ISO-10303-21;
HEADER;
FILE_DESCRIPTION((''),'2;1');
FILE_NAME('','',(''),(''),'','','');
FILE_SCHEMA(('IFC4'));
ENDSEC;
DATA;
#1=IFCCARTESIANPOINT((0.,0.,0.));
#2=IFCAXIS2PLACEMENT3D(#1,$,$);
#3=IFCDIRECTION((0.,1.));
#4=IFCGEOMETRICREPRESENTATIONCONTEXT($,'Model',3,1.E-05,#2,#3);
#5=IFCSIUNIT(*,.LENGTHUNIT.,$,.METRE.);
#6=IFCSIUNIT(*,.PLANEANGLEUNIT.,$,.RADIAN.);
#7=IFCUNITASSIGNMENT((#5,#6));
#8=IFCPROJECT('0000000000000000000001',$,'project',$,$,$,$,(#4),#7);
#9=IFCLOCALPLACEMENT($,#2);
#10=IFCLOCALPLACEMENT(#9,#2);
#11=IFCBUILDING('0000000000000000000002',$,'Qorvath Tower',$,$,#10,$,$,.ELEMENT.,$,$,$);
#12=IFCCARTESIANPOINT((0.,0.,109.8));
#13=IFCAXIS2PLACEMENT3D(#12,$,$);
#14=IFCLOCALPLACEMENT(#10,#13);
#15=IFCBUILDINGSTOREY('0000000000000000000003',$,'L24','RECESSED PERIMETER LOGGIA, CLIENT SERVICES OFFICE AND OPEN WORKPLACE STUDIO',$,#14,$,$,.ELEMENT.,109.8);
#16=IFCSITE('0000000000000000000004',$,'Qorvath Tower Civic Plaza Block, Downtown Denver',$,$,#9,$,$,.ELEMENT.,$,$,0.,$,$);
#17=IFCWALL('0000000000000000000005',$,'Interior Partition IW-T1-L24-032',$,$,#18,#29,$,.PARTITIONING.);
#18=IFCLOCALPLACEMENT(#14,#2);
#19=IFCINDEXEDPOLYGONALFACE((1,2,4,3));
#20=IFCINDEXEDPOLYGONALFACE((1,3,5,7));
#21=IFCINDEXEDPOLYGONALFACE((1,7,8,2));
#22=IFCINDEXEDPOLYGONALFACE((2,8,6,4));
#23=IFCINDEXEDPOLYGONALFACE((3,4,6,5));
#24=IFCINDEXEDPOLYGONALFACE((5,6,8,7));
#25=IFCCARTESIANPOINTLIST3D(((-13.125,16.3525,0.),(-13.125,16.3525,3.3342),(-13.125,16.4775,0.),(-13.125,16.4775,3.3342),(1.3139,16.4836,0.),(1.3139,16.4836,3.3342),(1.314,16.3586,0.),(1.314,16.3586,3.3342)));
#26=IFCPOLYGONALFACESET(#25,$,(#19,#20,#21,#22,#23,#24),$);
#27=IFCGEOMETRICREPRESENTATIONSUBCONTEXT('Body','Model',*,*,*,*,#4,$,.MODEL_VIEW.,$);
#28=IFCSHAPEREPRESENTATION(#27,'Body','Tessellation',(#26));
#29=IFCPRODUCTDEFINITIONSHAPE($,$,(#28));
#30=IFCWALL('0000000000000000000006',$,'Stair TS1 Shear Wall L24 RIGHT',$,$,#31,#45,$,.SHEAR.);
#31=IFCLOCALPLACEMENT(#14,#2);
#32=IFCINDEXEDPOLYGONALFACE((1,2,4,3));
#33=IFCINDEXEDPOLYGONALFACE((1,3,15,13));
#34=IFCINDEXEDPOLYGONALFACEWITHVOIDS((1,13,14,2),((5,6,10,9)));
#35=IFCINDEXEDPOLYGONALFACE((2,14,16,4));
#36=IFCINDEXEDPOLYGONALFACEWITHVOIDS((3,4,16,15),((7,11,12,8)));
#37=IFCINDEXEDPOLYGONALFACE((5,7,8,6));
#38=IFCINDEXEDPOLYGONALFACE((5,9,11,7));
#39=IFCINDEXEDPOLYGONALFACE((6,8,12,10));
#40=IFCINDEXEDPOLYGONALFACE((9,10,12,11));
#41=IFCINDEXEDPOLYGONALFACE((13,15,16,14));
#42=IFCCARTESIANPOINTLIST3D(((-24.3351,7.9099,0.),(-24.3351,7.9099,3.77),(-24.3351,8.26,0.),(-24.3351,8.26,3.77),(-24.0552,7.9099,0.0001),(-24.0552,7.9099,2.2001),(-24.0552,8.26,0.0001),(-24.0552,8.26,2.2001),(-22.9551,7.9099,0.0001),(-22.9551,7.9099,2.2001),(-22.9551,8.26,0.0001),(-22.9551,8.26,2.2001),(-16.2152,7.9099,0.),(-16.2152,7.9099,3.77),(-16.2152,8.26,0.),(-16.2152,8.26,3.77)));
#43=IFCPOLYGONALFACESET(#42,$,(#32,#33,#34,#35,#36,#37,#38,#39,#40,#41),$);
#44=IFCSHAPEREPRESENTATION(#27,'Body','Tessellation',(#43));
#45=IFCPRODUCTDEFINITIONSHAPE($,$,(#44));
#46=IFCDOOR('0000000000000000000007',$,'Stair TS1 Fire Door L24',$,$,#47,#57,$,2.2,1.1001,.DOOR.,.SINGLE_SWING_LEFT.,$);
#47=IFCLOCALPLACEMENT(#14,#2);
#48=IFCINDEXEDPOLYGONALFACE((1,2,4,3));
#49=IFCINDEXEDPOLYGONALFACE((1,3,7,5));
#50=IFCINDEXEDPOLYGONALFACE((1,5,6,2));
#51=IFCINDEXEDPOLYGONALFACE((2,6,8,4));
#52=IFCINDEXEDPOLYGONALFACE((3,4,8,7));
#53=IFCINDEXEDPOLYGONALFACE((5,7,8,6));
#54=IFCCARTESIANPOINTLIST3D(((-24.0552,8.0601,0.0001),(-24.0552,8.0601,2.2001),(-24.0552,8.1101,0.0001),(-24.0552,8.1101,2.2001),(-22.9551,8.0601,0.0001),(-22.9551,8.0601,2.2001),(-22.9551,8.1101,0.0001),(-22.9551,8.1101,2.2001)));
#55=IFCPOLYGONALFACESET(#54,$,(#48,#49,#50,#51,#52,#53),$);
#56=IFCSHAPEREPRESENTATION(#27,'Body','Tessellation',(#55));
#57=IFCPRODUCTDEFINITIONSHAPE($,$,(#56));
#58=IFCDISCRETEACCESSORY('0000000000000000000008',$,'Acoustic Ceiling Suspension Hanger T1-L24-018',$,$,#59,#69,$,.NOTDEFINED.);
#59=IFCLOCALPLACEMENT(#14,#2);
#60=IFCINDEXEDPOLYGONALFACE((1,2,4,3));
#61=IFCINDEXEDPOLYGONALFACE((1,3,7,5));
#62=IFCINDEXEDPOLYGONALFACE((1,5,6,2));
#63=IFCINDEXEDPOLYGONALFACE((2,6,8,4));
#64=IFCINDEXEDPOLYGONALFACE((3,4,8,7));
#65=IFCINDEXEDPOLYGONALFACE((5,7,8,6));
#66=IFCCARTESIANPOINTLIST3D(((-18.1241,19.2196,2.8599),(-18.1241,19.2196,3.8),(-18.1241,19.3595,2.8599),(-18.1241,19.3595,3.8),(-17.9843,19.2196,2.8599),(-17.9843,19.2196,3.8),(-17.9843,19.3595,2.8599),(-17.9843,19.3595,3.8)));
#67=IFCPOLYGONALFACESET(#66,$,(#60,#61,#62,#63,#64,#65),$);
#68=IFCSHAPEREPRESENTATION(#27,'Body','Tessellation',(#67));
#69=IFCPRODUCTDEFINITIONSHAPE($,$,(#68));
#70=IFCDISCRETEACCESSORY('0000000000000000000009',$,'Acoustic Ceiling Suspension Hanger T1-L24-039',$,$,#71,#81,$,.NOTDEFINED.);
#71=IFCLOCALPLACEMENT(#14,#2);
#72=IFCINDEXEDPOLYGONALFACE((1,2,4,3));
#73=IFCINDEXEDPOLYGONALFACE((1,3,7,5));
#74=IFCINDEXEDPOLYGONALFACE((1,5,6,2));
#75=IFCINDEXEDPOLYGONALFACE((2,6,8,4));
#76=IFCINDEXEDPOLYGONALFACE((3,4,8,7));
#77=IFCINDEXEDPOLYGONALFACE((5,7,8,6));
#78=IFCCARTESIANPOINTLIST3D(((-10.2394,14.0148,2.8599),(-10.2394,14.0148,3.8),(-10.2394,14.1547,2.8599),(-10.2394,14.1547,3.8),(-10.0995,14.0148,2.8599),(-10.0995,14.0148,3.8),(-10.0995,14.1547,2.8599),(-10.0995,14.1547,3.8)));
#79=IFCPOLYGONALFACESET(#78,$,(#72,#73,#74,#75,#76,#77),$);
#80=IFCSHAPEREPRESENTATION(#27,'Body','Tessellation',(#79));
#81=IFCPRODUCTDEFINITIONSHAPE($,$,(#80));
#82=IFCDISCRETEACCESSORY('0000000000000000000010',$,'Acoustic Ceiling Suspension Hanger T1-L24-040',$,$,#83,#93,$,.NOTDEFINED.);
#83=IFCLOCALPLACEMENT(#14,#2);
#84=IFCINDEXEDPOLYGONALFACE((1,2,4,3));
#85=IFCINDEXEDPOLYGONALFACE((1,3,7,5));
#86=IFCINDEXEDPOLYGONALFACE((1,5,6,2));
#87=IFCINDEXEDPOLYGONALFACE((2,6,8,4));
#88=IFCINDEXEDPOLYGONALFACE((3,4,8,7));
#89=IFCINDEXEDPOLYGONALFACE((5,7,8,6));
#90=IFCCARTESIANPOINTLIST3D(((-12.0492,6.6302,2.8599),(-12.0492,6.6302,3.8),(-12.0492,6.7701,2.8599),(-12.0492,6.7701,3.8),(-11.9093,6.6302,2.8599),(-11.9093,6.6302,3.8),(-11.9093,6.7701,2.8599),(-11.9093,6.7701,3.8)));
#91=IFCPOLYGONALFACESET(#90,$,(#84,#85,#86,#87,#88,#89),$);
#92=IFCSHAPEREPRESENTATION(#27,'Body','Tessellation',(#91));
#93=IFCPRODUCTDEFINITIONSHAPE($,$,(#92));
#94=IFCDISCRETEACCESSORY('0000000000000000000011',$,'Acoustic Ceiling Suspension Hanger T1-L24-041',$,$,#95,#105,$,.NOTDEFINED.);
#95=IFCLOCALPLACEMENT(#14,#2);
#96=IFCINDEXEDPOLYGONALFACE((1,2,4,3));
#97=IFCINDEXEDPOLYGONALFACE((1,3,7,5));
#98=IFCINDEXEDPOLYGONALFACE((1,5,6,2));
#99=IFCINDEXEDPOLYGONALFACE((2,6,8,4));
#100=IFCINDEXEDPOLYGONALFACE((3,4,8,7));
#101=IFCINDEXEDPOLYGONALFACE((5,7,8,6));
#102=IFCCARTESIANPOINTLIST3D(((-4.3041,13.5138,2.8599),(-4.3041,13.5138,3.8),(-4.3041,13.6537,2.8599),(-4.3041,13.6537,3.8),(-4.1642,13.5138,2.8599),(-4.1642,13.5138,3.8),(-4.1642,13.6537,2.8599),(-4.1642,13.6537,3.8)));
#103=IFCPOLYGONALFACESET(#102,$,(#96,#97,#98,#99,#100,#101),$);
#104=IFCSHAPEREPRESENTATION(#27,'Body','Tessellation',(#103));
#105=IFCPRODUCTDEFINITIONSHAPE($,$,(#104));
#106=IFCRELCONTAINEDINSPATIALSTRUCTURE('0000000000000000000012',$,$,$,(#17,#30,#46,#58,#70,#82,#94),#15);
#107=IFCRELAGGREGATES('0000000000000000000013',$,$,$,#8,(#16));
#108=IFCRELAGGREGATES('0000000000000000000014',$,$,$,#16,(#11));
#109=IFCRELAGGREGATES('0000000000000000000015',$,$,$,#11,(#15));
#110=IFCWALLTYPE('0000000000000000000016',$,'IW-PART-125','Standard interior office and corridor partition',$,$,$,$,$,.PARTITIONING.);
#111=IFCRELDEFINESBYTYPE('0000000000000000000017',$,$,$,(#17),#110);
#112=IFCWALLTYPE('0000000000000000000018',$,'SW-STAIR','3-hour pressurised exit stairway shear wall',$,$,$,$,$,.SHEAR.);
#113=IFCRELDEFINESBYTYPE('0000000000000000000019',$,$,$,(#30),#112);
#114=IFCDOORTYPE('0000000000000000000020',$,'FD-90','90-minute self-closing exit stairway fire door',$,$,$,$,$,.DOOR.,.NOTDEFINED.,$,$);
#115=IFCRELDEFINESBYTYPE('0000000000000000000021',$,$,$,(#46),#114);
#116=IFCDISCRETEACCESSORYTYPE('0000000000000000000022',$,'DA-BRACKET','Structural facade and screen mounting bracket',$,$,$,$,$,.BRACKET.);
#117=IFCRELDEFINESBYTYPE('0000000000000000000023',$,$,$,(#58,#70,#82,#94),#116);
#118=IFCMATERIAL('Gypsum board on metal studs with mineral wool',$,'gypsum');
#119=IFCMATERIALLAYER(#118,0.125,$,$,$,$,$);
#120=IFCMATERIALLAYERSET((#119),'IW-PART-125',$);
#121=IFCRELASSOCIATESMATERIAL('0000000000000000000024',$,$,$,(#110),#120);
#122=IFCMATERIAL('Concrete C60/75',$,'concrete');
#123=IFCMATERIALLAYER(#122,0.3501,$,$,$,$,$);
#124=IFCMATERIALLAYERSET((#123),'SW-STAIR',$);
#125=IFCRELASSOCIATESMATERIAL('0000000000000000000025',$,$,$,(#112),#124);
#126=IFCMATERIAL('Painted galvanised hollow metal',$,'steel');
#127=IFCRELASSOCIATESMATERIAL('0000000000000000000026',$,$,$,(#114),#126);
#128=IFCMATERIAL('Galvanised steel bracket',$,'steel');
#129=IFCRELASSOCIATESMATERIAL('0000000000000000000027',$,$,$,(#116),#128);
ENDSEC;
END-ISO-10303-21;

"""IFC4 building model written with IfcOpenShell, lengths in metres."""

from ifc_helpers import new_model, si_unit, direction, frame, frame_2d, origin, origin_2d, place, context, subcontext, project, spatial, rectangle, extrude, material, layer, layer_set, type_object, element, fill, save


model = new_model("IFC4")

# Units and contexts
model_context = context("Model", 3, precision=1e-05, world=origin(), true_north=direction((0.0, 1.0)))
body_context = subcontext(model_context, "Body", "Model", "MODEL_VIEW")
ifc_project = project(units=[si_unit("LENGTHUNIT", "METRE"), si_unit("PLANEANGLEUNIT", "RADIAN")], contexts=[model_context])

# Site, building, storey
site_placement = place(None, origin())
site = spatial("IfcSite", under=ifc_project, at=site_placement, Name="Qorvath Tower Civic Plaza Block, Downtown Denver", CompositionType="ELEMENT", RefElevation=0.0)
building_placement = place(site_placement, origin())
building = spatial("IfcBuilding", under=site, at=building_placement, Name="Qorvath Tower", CompositionType="ELEMENT")
storey_placement = place(building_placement, frame((0.0, 0.0, 109.8)))
storey = spatial("IfcBuildingStorey", under=building, at=storey_placement, Name="L24", Description="RECESSED PERIMETER LOGGIA, CLIENT SERVICES OFFICE AND OPEN WORKPLACE STUDIO", CompositionType="ELEMENT", Elevation=109.8)

# Shared definitions
ifc_material_1 = material(Name="Gypsum board on metal studs with mineral wool", Category="gypsum")
ifc_layer_1 = layer(ifc_material_1, 0.125)
ifc_layer_set_1 = layer_set([ifc_layer_1], Name="IW-PART-125")
wall_type_1 = type_object("IfcWallType", Name="IW-PART-125", Description="Standard interior office and corridor partition", PredefinedType="PARTITIONING", material=ifc_layer_set_1)

# Wall
wall_1_placement = place(storey_placement, frame((-13.125, 16.415, 0.0), z_axis=(0.0, 0.0, 1.0), x_axis=(1.0, 0.000423, 0.0)))
element("IfcWall", 1, at=wall_1_placement, inside=storey, type_object=wall_type_1, Name="Interior Partition IW-T1-L24-032", PredefinedType="PARTITIONING", context=body_context, shape_type="SweptSolid", body=[
    extrude(rectangle(XDim=14.439, YDim=0.125, at=frame_2d((7.2195, 0.0))), origin(), (0.0, 0.0, 1.0), 3.3342),
])

# Wall, opening, door
ifc_material_2 = material(Name="Concrete C60/75", Category="concrete")
ifc_layer_2 = layer(ifc_material_2, 0.3501)
ifc_layer_set_2 = layer_set([ifc_layer_2], Name="SW-STAIR")
wall_type_2 = type_object("IfcWallType", Name="SW-STAIR", Description="3-hour pressurised exit stairway shear wall", PredefinedType="SHEAR", material=ifc_layer_set_2)
wall_2_placement = place(storey_placement, frame((-16.2151, 8.085, 0.0), z_axis=(0.0, 0.0, 1.0), x_axis=(-1.0, 0.0, 0.0)))
wall_2 = element("IfcWall", 2, at=wall_2_placement, inside=storey, type_object=wall_type_2, Name="Stair TS1 Shear Wall L24 RIGHT", PredefinedType="SHEAR", context=body_context, shape_type="SweptSolid", body=[
    extrude(rectangle(XDim=8.1199, YDim=0.3501, at=frame_2d((4.0601, 0.0))), origin(), (0.0, 0.0, 1.0), 3.77),
])
opening_1_placement = place(wall_2_placement, frame((6.74, 0.0, 0.0)))
opening_1 = element("IfcOpeningElement", 3, at=opening_1_placement, cuts=wall_2, PredefinedType="OPENING", context=body_context, shape_type="SweptSolid", body=[
    extrude(rectangle(XDim=1.1001, YDim=2.2, at=frame_2d((0.55, 1.1001))), frame((0.0, 0.1851, 0.0), z_axis=(0.0, -1.0, 0.0), x_axis=(1.0, 0.0, 0.0)), (0.0, 0.0, 1.0), 0.3701),
])
ifc_material_3 = material(Name="Painted galvanised hollow metal", Category="steel")
door_type_1 = type_object("IfcDoorType", Name="FD-90", Description="90-minute self-closing exit stairway fire door", OperationType="NOTDEFINED", PredefinedType="DOOR", material=ifc_material_3)
door_1_placement = place(opening_1_placement, origin())
door_1 = element("IfcDoor", 4, at=door_1_placement, inside=storey, type_object=door_type_1, Name="Stair TS1 Fire Door L24", OperationType="SINGLE_SWING_LEFT", OverallHeight=2.2, OverallWidth=1.1001, PredefinedType="DOOR", context=body_context, shape_type="SweptSolid", body=[
    extrude(rectangle(XDim=1.1001, YDim=2.2, at=frame_2d((0.55, 1.1001))), frame((0.0, 0.0249, 0.0), z_axis=(0.0, -1.0, 0.0), x_axis=(1.0, 0.0, 0.0)), (0.0, 0.0, 1.0), 0.05),
])
fill(opening_1, door_1)

# Discrete accessories
ifc_material_4 = material(Name="Galvanised steel bracket", Category="steel")
discrete_accessory_type = type_object("IfcDiscreteAccessoryType", Name="DA-BRACKET", Description="Structural facade and screen mounting bracket", PredefinedType="BRACKET", material=ifc_material_4)
for number, where, z_axis, x_axis, name in (
    (5, (-18.0542, 19.2896, 2.8599), (0.0, 0.0, 1.0), (1.0, 0.0, 0.0), "Acoustic Ceiling Suspension Hanger T1-L24-018"),
    (6, (-10.1694, 14.0847, 2.8599), (0.0, 0.0, 1.0), (1.0, 0.0, 0.0), "Acoustic Ceiling Suspension Hanger T1-L24-039"),
    (7, (-11.9792, 6.7002, 2.8599), (0.0, 0.0, 1.0), (1.0, 0.0, 0.0), "Acoustic Ceiling Suspension Hanger T1-L24-040"),
    (8, (-4.2341, 13.5837, 2.8599), (0.0, 0.0, 1.0), (1.0, 0.0, 0.0), "Acoustic Ceiling Suspension Hanger T1-L24-041"),
):
    element("IfcDiscreteAccessory", number, at=place(storey_placement, frame(where, z_axis=z_axis, x_axis=x_axis)), inside=storey, type_object=discrete_accessory_type, Name=name, PredefinedType="NOTDEFINED", context=body_context, shape_type="SweptSolid", body=[
        extrude(rectangle(XDim=0.1399, YDim=0.1399, at=origin_2d()), origin(), (0.0, 0.0, 1.0), 0.9402),
    ])

save(model, "model.ifc")
